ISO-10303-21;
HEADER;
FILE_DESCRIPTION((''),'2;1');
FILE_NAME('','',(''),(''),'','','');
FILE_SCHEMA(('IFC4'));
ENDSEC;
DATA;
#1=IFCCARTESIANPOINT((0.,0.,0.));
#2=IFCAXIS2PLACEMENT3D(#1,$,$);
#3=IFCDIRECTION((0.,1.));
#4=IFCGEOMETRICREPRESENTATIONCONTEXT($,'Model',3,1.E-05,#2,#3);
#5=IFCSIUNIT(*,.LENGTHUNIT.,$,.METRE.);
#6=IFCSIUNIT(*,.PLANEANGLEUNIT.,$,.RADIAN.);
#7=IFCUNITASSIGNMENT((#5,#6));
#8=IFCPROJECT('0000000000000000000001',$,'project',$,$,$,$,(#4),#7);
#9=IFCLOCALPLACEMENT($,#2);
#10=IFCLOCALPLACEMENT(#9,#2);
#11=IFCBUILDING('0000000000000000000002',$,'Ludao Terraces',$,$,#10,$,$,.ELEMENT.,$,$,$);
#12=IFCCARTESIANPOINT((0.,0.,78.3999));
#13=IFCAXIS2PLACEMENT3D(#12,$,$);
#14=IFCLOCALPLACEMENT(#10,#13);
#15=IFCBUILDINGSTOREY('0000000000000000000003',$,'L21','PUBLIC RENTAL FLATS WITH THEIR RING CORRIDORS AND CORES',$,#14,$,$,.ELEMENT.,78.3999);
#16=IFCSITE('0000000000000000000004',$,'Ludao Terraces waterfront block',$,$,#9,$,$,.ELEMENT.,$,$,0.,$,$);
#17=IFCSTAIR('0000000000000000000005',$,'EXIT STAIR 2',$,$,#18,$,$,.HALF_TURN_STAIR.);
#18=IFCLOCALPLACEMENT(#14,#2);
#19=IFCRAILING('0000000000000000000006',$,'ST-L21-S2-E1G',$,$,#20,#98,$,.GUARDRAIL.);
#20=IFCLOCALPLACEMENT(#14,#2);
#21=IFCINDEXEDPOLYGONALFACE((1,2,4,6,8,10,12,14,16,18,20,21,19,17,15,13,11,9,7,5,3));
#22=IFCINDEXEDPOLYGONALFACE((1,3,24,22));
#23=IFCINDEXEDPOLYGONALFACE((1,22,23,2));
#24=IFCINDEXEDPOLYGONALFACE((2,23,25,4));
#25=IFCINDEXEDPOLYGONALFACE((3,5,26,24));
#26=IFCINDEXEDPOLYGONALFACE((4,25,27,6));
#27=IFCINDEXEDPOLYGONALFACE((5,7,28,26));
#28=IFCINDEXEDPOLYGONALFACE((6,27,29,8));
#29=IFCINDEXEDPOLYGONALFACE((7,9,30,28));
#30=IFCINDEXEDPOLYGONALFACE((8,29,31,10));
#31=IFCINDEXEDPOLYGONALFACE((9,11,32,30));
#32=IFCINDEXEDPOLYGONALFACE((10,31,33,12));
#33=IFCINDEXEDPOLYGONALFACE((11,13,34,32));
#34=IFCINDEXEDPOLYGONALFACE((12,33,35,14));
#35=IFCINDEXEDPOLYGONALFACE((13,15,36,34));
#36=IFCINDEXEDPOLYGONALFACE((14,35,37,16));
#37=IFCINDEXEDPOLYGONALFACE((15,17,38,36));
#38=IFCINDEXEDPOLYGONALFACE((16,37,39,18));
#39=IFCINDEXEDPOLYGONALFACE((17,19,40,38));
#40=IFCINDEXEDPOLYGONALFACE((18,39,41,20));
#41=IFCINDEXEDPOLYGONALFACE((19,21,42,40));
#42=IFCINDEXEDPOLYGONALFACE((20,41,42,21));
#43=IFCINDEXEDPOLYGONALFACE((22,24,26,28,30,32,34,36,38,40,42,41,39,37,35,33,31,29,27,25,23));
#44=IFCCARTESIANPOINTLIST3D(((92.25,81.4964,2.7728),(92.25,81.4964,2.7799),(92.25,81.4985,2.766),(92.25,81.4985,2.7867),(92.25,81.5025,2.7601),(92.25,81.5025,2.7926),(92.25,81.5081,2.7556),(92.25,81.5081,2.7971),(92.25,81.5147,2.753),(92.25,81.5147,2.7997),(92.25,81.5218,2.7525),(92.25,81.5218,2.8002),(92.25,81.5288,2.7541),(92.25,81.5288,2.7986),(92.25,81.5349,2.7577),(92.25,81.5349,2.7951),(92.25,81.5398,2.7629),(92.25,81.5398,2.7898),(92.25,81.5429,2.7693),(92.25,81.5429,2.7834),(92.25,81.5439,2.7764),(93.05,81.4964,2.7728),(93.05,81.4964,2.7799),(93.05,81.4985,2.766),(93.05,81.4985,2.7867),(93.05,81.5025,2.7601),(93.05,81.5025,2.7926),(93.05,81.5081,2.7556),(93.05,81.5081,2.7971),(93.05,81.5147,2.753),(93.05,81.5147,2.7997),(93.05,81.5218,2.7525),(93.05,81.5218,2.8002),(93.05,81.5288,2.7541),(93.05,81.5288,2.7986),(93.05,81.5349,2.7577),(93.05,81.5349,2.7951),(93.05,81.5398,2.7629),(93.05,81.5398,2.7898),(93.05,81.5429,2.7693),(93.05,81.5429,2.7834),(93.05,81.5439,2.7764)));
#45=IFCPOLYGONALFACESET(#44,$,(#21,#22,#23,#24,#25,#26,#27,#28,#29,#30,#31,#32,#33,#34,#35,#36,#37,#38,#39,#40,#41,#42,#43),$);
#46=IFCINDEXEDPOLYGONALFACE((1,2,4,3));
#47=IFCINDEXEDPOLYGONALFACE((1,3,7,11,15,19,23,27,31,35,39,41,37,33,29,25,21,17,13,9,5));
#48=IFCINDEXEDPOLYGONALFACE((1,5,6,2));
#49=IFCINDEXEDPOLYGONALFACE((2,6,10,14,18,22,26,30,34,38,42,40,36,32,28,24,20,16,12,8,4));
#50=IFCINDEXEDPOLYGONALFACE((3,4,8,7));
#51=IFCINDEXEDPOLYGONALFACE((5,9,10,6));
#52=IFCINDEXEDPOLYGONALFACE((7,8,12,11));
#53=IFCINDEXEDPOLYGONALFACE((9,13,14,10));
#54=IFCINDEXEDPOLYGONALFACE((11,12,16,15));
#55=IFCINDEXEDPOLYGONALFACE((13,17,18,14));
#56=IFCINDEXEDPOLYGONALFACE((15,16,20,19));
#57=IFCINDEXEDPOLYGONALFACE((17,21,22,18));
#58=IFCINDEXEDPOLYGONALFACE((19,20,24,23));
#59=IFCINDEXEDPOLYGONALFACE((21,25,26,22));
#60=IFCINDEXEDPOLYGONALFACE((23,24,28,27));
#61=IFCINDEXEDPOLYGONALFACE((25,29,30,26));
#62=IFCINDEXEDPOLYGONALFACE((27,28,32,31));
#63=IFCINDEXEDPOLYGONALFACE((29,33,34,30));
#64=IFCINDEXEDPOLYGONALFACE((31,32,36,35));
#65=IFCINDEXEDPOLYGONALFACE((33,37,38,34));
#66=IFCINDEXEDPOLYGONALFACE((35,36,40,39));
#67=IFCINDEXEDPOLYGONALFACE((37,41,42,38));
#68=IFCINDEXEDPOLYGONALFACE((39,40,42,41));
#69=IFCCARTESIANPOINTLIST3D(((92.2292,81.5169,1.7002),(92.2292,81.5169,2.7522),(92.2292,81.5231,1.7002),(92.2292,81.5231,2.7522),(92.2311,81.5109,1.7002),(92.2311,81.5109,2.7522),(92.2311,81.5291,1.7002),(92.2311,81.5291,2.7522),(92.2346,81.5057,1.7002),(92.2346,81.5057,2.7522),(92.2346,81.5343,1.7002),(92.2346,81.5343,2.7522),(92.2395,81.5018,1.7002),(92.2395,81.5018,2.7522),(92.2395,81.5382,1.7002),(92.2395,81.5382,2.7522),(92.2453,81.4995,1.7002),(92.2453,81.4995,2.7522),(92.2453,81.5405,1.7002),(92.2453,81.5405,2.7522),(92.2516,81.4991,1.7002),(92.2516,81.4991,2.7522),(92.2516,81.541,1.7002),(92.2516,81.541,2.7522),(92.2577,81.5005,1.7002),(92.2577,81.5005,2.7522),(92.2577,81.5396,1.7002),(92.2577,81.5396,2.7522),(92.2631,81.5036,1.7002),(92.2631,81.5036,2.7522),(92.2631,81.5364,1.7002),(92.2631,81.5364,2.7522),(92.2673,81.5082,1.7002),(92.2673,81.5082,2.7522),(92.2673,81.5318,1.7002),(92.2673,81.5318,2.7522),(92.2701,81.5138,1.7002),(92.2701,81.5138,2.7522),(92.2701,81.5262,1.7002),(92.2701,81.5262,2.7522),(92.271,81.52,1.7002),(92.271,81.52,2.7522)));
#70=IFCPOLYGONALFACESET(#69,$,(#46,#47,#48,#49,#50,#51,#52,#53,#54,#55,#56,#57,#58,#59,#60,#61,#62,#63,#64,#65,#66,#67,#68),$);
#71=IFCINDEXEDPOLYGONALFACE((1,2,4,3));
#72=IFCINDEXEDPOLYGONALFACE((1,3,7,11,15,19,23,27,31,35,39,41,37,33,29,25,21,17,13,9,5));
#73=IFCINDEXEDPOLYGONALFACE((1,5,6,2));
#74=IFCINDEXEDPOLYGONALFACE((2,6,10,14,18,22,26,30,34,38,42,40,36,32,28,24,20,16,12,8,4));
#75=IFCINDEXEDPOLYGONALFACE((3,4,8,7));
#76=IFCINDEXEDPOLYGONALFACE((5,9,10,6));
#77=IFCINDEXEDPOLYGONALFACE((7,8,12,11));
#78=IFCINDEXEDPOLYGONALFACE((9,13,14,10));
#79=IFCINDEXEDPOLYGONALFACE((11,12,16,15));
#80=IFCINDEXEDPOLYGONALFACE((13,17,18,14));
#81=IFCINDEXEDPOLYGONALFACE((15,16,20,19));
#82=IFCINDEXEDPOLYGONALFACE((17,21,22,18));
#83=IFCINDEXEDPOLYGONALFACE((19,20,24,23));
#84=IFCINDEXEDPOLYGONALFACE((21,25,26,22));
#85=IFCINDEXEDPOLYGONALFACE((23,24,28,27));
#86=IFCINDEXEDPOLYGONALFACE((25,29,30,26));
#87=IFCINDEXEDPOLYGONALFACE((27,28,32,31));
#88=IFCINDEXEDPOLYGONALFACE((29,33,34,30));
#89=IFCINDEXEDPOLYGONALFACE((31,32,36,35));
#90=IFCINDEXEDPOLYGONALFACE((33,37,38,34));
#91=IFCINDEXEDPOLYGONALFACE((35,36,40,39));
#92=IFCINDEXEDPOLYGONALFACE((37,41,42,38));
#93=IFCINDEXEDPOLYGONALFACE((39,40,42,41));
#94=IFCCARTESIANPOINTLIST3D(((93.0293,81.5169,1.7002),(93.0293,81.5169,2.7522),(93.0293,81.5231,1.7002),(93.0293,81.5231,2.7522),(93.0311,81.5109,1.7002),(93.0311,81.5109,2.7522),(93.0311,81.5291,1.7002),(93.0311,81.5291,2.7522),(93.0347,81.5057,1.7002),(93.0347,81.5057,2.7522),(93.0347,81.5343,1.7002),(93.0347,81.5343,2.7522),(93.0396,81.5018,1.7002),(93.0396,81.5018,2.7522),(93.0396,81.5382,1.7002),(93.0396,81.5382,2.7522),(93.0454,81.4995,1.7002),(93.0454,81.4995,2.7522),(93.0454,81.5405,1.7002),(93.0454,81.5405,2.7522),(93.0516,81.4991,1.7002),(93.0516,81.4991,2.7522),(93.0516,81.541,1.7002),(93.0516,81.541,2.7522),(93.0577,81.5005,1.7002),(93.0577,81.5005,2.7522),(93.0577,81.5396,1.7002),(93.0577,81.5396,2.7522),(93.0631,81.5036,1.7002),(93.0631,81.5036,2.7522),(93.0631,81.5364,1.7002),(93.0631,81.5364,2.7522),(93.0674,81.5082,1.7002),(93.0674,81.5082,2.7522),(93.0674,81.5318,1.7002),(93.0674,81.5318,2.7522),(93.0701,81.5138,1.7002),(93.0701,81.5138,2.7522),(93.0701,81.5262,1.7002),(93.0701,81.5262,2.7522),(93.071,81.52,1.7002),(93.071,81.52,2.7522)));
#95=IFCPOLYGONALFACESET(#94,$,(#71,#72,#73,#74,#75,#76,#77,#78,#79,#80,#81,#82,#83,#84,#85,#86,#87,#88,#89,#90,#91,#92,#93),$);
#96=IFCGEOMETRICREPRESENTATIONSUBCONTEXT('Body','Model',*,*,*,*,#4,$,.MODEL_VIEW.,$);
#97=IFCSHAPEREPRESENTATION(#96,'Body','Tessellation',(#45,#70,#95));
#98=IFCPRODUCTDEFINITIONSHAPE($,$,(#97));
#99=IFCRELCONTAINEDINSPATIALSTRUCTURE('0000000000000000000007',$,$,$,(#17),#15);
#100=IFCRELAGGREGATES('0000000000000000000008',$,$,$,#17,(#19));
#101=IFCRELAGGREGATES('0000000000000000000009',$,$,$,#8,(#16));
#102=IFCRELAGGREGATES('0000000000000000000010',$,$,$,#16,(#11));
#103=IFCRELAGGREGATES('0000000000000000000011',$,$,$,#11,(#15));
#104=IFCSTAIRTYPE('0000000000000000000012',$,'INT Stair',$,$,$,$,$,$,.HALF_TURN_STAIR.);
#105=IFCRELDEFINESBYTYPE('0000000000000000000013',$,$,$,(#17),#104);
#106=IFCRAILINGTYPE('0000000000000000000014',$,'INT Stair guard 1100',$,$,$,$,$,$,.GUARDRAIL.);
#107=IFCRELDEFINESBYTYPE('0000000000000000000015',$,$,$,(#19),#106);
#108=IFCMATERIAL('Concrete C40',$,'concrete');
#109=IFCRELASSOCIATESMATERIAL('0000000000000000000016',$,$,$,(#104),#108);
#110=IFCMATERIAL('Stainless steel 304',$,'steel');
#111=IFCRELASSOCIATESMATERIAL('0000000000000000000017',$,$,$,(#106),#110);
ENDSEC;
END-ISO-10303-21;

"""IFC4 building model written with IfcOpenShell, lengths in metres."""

from ifc_helpers import new_model, si_unit, direction, frame, origin, origin_2d, place, context, subcontext, project, spatial, circle, extrude, material, type_object, element, aggregate, save


model = new_model("IFC4")

# Units and contexts
model_context = context("Model", 3, precision=1e-05, world=origin(), true_north=direction((0.0, 1.0)))
body_context = subcontext(model_context, "Body", "Model", "MODEL_VIEW")
ifc_project = project(units=[si_unit("LENGTHUNIT", "METRE"), si_unit("PLANEANGLEUNIT", "RADIAN")], contexts=[model_context])

# Site, building, storey
site_placement = place(None, origin())
site = spatial("IfcSite", under=ifc_project, at=site_placement, Name="Ludao Terraces waterfront block", CompositionType="ELEMENT", RefElevation=0.0)
building_placement = place(site_placement, origin())
building = spatial("IfcBuilding", under=site, at=building_placement, Name="Ludao Terraces", CompositionType="ELEMENT")
storey_placement = place(building_placement, frame((0.0, 0.0, 78.3999)))
storey = spatial("IfcBuildingStorey", under=building, at=storey_placement, Name="L21", Description="PUBLIC RENTAL FLATS WITH THEIR RING CORRIDORS AND CORES", CompositionType="ELEMENT", Elevation=78.3999)

# Shared definitions
ifc_material_1 = material(Name="Concrete C40", Category="concrete")

# Stair, railing
stair_type = type_object("IfcStairType", Name="INT Stair", PredefinedType="HALF_TURN_STAIR", material=ifc_material_1)
stair_placement = place(storey_placement, origin())
stair = element("IfcStair", 1, at=stair_placement, inside=storey, type_object=stair_type, Name="EXIT STAIR 2", PredefinedType="HALF_TURN_STAIR")
ifc_material_2 = material(Name="Stainless steel 304", Category="steel")
railing_type_1 = type_object("IfcRailingType", Name="INT Stair guard 1100", PredefinedType="GUARDRAIL", material=ifc_material_2)
railing_1_placement = place(storey_placement, frame((92.25, 81.52, 1.7002)))
railing_1 = element("IfcRailing", 2, at=railing_1_placement, type_object=railing_type_1, Name="ST-L21-S2-E1G", PredefinedType="GUARDRAIL", context=body_context, shape_type="SweptSolid", body=[
    extrude(circle(Radius=0.0239, at=origin_2d()), frame((0.0, 0.0, 1.0762), z_axis=(1.0, 0.0, 0.0), x_axis=(0.0, 1.0, 0.0)), (0.0, 0.0, 1.0), 0.8),
    extrude(circle(Radius=0.021, at=origin_2d()), origin(), (0.0, 0.0, 1.0), 1.052),
    extrude(circle(Radius=0.021, at=origin_2d()), frame((0.8, 0.0, 0.0)), (0.0, 0.0, 1.0), 1.052),
])
aggregate(stair, [railing_1])

save(model, "model.ifc")
